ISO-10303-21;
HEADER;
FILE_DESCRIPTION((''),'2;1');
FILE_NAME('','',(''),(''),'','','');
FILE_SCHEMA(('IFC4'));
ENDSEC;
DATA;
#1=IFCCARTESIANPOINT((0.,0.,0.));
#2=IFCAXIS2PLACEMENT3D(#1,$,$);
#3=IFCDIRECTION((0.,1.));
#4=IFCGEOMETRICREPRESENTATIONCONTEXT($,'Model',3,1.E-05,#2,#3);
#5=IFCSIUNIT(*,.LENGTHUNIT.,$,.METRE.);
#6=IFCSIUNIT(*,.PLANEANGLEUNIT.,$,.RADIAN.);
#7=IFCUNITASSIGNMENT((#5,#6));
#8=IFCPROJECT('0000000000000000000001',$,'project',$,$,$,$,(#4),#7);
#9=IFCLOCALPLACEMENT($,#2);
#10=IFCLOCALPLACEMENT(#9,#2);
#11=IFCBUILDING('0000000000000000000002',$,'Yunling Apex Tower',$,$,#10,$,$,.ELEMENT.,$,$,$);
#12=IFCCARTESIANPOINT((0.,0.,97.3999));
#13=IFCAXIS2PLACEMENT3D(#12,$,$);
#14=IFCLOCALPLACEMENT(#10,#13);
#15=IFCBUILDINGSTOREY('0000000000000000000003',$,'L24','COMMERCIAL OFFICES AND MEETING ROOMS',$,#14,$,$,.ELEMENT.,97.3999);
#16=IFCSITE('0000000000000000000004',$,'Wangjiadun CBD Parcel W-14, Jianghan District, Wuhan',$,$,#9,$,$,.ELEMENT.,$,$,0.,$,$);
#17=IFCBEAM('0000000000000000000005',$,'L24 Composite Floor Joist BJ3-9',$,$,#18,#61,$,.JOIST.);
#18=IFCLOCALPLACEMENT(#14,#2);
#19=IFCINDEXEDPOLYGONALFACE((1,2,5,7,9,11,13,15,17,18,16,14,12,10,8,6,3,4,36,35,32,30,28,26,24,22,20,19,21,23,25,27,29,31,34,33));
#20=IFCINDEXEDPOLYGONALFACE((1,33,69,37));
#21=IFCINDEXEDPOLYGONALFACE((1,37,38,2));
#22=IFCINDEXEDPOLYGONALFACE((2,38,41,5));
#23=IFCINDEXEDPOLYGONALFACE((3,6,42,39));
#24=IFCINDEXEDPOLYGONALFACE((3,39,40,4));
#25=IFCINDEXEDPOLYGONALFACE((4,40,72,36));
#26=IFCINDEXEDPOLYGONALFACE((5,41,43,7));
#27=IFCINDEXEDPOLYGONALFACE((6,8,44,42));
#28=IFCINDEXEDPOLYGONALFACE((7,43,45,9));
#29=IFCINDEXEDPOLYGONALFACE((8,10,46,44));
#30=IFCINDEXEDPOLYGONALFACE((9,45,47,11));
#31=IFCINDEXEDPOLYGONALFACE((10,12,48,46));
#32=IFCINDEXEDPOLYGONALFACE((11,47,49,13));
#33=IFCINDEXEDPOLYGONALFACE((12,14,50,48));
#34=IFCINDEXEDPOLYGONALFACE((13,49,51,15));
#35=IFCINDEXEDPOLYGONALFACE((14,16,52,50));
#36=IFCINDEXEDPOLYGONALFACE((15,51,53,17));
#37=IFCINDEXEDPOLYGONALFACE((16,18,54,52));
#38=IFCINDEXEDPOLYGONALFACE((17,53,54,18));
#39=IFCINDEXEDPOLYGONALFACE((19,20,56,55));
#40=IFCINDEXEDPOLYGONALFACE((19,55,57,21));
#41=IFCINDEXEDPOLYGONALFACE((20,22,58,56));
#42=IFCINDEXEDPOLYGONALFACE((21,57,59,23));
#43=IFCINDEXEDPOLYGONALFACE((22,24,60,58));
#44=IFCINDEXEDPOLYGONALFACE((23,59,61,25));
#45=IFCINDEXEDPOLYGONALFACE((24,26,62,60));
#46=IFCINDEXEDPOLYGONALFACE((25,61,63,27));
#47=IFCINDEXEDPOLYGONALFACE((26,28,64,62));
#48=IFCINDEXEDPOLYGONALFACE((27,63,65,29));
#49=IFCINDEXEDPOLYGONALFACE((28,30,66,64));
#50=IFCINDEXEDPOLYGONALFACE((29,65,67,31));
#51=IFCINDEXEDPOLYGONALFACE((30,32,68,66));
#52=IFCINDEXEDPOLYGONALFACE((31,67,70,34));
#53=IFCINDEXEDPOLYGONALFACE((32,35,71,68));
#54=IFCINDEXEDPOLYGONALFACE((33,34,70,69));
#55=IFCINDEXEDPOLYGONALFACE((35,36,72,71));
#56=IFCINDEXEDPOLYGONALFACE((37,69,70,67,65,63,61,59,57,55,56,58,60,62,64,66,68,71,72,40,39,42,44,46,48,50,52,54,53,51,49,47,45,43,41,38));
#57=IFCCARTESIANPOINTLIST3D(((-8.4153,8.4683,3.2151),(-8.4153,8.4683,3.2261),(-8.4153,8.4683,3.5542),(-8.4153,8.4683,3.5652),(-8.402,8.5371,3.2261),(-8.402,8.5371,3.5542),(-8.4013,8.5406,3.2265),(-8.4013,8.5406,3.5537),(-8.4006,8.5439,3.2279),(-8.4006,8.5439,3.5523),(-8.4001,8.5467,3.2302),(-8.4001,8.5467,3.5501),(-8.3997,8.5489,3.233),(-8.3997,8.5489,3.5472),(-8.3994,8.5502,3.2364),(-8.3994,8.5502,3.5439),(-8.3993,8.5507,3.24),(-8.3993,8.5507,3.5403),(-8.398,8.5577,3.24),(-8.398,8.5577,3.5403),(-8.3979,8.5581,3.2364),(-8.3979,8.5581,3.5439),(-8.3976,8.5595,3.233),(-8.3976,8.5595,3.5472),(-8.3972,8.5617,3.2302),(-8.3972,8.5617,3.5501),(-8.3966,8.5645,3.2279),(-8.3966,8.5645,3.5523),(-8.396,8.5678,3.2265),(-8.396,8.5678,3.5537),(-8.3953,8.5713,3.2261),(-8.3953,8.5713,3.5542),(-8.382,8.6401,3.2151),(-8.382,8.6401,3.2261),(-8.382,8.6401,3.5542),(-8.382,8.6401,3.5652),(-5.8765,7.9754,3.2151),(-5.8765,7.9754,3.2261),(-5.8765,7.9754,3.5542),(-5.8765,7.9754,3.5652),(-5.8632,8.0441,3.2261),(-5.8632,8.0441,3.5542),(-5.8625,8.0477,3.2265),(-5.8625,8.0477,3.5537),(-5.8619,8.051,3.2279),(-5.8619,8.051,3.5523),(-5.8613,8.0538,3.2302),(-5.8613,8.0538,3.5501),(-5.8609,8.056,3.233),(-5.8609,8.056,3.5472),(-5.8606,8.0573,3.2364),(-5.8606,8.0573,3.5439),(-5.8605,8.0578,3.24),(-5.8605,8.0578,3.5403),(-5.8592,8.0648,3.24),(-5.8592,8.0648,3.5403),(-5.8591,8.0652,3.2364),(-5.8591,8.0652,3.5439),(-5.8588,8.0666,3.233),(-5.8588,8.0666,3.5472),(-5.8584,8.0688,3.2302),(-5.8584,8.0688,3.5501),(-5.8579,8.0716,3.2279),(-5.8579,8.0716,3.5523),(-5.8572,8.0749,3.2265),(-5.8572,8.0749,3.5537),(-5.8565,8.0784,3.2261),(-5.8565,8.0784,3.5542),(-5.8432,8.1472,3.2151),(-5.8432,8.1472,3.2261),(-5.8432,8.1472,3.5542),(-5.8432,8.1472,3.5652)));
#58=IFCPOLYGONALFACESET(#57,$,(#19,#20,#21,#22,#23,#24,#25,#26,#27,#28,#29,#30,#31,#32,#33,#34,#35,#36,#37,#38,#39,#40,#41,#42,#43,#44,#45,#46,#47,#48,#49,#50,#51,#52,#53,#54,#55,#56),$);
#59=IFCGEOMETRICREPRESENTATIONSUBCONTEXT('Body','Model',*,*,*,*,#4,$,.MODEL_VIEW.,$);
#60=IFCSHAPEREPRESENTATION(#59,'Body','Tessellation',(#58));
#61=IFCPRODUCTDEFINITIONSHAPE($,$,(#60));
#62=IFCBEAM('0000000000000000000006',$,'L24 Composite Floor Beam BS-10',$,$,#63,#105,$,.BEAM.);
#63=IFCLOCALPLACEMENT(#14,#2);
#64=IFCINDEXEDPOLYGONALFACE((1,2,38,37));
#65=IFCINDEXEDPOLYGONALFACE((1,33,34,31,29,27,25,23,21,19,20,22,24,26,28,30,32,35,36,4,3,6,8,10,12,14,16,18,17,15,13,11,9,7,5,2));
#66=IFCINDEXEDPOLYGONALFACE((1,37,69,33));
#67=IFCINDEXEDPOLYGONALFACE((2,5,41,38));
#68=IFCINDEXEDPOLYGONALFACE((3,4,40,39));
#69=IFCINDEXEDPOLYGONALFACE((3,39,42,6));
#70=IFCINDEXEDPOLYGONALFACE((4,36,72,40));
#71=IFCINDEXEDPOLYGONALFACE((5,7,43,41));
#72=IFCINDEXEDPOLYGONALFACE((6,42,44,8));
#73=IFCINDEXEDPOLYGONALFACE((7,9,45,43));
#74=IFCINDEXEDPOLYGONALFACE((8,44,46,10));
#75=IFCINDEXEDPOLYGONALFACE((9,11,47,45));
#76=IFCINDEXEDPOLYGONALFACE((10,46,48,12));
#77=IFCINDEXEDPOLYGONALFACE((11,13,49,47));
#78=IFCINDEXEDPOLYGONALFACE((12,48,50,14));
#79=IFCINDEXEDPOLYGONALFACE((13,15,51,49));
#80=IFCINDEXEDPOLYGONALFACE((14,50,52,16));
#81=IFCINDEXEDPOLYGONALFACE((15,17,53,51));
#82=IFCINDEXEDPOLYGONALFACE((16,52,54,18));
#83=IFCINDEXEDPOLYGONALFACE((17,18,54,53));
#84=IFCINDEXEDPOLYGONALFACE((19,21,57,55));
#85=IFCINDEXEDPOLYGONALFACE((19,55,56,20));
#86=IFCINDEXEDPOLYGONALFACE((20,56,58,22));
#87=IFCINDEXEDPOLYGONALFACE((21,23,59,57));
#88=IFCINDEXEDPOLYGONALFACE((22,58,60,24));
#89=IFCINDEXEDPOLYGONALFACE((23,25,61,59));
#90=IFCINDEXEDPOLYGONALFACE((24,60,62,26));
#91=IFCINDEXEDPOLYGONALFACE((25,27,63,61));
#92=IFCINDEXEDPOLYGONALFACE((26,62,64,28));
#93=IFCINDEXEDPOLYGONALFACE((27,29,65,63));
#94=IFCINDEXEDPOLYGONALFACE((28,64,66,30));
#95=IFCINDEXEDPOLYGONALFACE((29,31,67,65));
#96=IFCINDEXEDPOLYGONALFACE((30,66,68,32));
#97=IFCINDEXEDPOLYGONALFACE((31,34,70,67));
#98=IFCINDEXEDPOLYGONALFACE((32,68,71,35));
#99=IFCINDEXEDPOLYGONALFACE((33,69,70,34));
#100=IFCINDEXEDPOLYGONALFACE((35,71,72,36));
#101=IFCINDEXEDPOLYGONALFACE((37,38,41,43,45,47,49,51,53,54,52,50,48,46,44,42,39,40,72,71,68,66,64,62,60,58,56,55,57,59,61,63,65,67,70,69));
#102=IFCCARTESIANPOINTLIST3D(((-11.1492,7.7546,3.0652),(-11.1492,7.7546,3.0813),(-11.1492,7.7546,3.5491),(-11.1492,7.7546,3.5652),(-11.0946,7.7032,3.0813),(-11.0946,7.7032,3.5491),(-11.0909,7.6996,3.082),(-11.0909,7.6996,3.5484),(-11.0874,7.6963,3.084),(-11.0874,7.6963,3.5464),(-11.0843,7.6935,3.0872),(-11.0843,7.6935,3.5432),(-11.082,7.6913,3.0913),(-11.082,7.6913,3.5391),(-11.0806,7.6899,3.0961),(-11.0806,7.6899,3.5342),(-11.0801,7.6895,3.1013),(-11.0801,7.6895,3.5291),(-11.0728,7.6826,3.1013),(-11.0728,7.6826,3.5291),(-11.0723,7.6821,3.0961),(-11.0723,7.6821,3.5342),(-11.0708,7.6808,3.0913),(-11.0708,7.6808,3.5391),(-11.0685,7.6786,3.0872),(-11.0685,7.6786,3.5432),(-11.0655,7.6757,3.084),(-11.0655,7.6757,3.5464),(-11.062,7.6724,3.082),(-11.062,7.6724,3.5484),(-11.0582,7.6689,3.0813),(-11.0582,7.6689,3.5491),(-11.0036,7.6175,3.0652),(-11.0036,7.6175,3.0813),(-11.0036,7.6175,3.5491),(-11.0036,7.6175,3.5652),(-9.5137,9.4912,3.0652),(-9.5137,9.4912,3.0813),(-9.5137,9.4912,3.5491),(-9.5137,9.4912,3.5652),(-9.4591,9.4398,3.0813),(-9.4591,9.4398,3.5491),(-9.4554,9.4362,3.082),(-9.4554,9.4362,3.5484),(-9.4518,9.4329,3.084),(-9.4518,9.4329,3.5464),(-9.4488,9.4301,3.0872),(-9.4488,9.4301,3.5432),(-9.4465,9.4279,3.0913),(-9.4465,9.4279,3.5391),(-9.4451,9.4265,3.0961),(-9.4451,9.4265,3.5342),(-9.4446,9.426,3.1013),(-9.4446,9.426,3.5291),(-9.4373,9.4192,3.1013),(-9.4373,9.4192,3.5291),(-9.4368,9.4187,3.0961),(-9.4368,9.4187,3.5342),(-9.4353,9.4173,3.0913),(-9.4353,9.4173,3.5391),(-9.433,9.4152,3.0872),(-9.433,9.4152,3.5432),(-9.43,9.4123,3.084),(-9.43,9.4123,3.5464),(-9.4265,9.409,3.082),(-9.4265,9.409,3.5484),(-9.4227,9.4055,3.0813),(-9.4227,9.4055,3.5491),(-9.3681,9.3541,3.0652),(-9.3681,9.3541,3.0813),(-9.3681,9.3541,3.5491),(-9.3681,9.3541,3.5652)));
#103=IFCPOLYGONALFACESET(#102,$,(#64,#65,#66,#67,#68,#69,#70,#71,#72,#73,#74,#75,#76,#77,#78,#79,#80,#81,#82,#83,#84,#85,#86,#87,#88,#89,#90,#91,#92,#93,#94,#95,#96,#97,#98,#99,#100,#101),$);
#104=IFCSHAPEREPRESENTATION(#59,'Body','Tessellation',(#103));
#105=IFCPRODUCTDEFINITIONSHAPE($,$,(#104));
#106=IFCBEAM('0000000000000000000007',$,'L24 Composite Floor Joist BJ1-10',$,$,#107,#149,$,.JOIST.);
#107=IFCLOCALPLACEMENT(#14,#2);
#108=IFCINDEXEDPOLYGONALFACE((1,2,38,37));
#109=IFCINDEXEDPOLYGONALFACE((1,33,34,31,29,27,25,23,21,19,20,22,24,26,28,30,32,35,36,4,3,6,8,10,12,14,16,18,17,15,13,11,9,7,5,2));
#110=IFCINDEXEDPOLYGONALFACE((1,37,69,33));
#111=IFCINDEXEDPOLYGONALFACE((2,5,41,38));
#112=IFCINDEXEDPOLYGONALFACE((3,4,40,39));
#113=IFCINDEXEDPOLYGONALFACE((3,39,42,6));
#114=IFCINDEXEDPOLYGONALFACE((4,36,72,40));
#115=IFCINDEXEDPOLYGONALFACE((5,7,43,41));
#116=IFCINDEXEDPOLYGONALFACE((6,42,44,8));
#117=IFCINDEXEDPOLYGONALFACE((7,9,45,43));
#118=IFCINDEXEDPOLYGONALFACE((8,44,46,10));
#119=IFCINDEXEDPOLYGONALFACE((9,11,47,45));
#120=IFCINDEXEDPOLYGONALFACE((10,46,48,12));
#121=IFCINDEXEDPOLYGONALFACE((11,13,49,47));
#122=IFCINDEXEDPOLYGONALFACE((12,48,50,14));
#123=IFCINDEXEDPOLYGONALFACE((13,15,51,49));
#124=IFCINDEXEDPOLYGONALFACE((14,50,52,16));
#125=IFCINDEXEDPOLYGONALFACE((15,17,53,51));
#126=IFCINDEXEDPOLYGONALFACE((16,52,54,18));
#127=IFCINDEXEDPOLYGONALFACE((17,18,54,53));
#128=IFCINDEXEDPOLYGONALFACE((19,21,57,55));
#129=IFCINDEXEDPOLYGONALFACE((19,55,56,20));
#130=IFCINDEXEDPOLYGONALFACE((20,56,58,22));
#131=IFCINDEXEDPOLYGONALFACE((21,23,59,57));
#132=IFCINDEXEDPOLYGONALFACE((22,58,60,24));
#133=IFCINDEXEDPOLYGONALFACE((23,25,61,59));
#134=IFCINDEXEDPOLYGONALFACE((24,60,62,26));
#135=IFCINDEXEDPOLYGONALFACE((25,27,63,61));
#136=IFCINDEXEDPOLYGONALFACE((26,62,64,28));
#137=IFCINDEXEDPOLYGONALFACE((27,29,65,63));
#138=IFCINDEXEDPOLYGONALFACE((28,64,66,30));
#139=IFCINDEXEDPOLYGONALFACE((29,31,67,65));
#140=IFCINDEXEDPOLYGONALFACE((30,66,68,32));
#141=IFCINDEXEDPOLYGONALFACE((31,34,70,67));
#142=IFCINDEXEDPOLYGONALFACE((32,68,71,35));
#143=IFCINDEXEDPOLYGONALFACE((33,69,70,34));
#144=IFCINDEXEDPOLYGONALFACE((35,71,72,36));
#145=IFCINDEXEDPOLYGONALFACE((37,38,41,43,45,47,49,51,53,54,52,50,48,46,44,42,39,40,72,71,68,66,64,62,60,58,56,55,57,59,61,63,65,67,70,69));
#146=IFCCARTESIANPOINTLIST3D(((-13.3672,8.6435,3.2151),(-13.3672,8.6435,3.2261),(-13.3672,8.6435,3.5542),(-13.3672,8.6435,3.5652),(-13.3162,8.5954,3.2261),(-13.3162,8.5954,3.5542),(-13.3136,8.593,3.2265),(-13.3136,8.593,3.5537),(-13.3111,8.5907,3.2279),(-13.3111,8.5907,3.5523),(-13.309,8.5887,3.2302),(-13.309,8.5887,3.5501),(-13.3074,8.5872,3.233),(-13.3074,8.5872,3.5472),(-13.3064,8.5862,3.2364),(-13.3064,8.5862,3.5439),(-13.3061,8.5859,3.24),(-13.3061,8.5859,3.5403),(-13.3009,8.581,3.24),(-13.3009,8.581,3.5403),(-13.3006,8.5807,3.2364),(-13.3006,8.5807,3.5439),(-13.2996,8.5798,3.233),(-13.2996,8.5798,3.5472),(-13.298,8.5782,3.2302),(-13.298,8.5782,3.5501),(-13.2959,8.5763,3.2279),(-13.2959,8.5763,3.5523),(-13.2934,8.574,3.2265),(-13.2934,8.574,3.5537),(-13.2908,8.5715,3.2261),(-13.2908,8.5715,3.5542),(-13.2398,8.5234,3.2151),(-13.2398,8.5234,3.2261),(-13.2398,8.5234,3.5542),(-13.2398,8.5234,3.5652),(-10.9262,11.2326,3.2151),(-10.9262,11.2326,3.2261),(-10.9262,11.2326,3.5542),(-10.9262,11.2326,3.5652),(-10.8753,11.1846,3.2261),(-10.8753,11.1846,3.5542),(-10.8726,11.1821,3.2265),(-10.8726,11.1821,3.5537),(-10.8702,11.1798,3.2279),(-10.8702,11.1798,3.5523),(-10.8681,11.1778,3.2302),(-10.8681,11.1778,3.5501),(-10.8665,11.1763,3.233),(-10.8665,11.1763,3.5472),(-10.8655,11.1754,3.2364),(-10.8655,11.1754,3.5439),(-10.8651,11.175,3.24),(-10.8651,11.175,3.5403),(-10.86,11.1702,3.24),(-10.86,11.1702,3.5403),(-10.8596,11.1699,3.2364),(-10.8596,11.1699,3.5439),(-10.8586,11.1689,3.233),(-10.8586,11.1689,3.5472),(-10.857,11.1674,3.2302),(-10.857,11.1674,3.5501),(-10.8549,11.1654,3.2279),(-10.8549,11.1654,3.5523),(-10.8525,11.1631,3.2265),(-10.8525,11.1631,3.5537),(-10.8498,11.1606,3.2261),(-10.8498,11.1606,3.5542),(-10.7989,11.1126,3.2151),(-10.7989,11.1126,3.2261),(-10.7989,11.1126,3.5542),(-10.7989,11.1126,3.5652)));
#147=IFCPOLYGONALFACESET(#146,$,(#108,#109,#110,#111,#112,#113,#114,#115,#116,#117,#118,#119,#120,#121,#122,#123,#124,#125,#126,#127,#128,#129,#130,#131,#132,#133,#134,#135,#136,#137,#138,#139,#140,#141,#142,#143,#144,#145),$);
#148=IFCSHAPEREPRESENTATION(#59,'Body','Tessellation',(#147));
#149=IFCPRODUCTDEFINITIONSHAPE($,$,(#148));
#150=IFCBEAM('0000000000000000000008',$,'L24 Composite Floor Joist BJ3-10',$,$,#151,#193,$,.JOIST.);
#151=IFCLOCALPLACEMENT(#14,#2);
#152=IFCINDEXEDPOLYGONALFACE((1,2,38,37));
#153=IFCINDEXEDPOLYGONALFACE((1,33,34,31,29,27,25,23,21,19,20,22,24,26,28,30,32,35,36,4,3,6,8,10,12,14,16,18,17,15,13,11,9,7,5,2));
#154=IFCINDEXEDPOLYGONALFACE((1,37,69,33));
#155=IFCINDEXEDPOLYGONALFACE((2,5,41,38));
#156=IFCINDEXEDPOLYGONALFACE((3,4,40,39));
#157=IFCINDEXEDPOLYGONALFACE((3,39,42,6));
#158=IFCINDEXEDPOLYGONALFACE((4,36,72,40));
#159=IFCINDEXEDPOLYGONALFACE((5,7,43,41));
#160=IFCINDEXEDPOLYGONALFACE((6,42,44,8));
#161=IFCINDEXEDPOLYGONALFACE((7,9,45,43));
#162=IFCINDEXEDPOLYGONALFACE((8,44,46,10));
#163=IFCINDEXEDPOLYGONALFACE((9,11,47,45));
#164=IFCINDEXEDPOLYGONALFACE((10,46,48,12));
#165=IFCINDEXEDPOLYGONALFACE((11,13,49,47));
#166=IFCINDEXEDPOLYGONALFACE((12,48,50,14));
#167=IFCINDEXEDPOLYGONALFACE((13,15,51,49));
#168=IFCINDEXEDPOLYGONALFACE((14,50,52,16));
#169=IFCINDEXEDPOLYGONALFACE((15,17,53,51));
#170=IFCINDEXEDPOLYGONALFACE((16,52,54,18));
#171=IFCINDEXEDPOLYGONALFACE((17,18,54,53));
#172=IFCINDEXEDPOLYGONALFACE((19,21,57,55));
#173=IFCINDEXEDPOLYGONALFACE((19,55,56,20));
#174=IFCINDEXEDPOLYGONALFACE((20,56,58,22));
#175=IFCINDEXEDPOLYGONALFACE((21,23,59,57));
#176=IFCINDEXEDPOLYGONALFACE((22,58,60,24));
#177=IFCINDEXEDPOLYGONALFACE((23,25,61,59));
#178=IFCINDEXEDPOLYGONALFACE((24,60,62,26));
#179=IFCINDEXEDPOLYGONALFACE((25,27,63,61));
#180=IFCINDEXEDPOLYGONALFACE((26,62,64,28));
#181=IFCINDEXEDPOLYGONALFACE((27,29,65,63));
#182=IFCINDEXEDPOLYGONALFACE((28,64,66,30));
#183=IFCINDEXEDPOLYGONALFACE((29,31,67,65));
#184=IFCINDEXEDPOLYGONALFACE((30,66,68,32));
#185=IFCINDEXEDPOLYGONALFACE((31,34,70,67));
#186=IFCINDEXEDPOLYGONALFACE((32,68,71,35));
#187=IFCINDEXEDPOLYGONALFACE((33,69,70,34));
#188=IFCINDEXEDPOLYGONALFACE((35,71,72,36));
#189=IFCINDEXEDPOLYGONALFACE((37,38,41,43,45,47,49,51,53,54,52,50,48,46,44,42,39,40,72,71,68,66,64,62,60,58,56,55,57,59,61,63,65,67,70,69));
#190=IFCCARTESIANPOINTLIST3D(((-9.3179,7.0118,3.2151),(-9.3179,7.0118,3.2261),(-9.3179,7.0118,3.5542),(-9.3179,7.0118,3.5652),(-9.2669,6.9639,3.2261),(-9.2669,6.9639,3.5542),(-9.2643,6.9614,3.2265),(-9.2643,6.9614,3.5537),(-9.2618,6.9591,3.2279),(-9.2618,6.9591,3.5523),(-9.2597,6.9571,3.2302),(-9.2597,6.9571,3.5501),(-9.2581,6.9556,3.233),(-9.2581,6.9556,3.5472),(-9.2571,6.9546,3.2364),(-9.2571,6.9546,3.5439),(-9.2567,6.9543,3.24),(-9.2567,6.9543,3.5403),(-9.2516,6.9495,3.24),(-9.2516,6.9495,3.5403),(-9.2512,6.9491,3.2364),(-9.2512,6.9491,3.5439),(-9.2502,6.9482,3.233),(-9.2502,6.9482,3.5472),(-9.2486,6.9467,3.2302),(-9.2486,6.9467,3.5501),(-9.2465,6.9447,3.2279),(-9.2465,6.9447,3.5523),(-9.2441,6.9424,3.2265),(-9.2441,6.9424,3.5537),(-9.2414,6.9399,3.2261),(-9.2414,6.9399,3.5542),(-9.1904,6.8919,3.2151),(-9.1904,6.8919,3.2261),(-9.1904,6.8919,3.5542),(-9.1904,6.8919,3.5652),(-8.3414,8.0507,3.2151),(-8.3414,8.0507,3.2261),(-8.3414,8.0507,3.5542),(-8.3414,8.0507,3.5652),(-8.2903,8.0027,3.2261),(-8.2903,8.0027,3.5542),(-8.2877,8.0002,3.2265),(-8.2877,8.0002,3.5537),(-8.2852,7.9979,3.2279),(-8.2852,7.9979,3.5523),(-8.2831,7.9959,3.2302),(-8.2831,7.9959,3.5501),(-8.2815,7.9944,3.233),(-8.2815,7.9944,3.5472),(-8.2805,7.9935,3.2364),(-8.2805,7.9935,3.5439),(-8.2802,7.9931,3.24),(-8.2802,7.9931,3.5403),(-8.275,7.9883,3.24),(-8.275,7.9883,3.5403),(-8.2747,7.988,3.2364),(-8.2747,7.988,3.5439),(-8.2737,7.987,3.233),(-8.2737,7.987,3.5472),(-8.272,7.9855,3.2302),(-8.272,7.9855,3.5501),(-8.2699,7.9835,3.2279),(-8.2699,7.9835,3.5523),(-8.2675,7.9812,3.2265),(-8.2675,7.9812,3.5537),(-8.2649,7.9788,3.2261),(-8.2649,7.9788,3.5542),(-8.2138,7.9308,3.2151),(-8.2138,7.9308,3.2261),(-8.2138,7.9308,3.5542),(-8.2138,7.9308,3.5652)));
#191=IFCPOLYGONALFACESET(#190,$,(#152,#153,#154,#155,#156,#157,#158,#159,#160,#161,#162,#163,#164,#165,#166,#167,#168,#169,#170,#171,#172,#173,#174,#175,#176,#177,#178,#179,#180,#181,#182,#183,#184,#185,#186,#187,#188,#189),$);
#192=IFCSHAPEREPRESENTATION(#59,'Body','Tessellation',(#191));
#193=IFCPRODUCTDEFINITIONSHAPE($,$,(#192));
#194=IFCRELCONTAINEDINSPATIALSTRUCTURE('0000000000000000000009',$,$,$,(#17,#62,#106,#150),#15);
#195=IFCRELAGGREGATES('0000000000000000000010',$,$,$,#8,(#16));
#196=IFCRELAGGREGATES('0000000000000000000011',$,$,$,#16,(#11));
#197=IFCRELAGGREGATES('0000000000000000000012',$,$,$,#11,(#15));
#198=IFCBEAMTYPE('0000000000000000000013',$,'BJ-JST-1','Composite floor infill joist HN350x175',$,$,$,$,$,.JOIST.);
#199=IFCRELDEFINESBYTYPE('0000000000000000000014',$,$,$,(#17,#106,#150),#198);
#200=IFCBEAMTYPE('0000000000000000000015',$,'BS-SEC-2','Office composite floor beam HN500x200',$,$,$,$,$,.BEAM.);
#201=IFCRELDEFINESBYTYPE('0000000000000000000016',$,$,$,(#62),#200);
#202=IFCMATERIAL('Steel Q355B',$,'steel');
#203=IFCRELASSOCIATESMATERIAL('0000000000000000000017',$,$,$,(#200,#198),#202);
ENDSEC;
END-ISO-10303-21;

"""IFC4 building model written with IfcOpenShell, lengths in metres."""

from ifc_helpers import new_model, si_unit, direction, frame, origin, origin_2d, place, context, subcontext, project, spatial, i_section, extrude, source, transform, mapped, material, material_profile, profile_set, type_object, element, save


model = new_model("IFC4")

# Units and contexts
model_context = context("Model", 3, precision=1e-05, world=origin(), true_north=direction((0.0, 1.0)))
body_context = subcontext(model_context, "Body", "Model", "MODEL_VIEW")
ifc_project = project(units=[si_unit("LENGTHUNIT", "METRE"), si_unit("PLANEANGLEUNIT", "RADIAN")], contexts=[model_context])

# Site, building, storey
site_placement = place(None, origin())
site = spatial("IfcSite", under=ifc_project, at=site_placement, Name="Wangjiadun CBD Parcel W-14, Jianghan District, Wuhan", CompositionType="ELEMENT", RefElevation=0.0)
building_placement = place(site_placement, origin())
building = spatial("IfcBuilding", under=site, at=building_placement, Name="Yunling Apex Tower", CompositionType="ELEMENT")
storey_placement = place(building_placement, frame((0.0, 0.0, 97.3999)))
storey = spatial("IfcBuildingStorey", under=building, at=storey_placement, Name="L24", Description="COMMERCIAL OFFICES AND MEETING ROOMS", CompositionType="ELEMENT", Elevation=97.3999)

# Beams
ifc_material_1 = material(Name="Steel Q355B", Category="steel")
ifc_material_profile_1 = material_profile(ifc_material_1, i_section(OverallWidth=0.2, OverallDepth=0.5, WebThickness=0.01, FlangeThickness=0.0161, FilletRadius=0.02, at=origin_2d()))
ifc_profile_set_1 = profile_set([ifc_material_profile_1], Name="Steel Q355B")
beam_type_1 = type_object("IfcBeamType", Name="BS-SEC-2", Description="Office composite floor beam HN500x200", PredefinedType="BEAM", material=ifc_profile_set_1)
ifc_material_profile_2 = material_profile(ifc_material_1, i_section(OverallWidth=0.175, OverallDepth=0.3501, WebThickness=0.0071, FlangeThickness=0.011, FilletRadius=0.0139, at=origin_2d()))
ifc_profile_set_2 = profile_set([ifc_material_profile_2], Name="Steel Q355B")
beam_type_2 = type_object("IfcBeamType", Name="BJ-JST-1", Description="Composite floor infill joist HN350x175", PredefinedType="JOIST", material=ifc_profile_set_2)
shared_shape_1 = source(origin(), body_context, "Body", "SweptSolid", [
    extrude(i_section(OverallWidth=0.175, OverallDepth=0.3501, WebThickness=0.0071, FlangeThickness=0.011, FilletRadius=0.0139, at=origin_2d()), origin(), (0.0, 0.0, 1.0), 2.5862),
])
beam_1_placement = place(storey_placement, frame((-5.8599, 8.0613, 3.3901), z_axis=(-0.981669, 0.190594, 0.0), x_axis=(-0.190594, -0.981669, 0.0)))
element("IfcBeam", 1, at=beam_1_placement, inside=storey, type_object=beam_type_2, Name="L24 Composite Floor Joist BJ3-9", PredefinedType="JOIST", context=body_context, shape_type="MappedRepresentation", body=[
    mapped(shared_shape_1, transform((0.0, 0.0, 0.0), scale=1.0)),
])
shared_shape_2 = source(origin(), body_context, "Body", "SweptSolid", [
    extrude(i_section(OverallWidth=0.2, OverallDepth=0.5, WebThickness=0.01, FlangeThickness=0.0161, FilletRadius=0.02, at=origin_2d()), origin(), (0.0, 0.0, 1.0), 2.3855),
])
beam_2_placement = place(storey_placement, frame((-9.4409, 9.4226, 3.3152), z_axis=(-0.685604, -0.727975, 0.0), x_axis=(0.727975, -0.685604, 0.0)))
element("IfcBeam", 2, at=beam_2_placement, inside=storey, type_object=beam_type_1, Name="L24 Composite Floor Beam BS-10", PredefinedType="BEAM", context=body_context, shape_type="MappedRepresentation", body=[
    mapped(shared_shape_2, transform((0.0, 0.0, 0.0), scale=1.0)),
])
shared_shape_3 = source(origin(), body_context, "Body", "SweptSolid", [
    extrude(i_section(OverallWidth=0.175, OverallDepth=0.3501, WebThickness=0.0071, FlangeThickness=0.011, FilletRadius=0.0139, at=origin_2d()), origin(), (0.0, 0.0, 1.0), 3.5583),
])
beam_3_placement = place(storey_placement, frame((-10.8625, 11.1726, 3.3901), z_axis=(-0.685977, -0.727624, 0.0), x_axis=(0.727624, -0.685977, 0.0)))
element("IfcBeam", 3, at=beam_3_placement, inside=storey, type_object=beam_type_2, Name="L24 Composite Floor Joist BJ1-10", PredefinedType="JOIST", context=body_context, shape_type="MappedRepresentation", body=[
    mapped(shared_shape_3, transform((0.0, 0.0, 0.0), scale=1.0)),
])
shared_shape_4 = source(origin(), body_context, "Body", "SweptSolid", [
    extrude(i_section(OverallWidth=0.175, OverallDepth=0.3501, WebThickness=0.0071, FlangeThickness=0.011, FilletRadius=0.0139, at=origin_2d()), origin(), (0.0, 0.0, 1.0), 1.4258),
])
beam_4_placement = place(storey_placement, frame((-8.2776, 7.9907, 3.3901), z_axis=(-0.684937, -0.728602, 0.0), x_axis=(0.728602, -0.684937, 0.0)))
element("IfcBeam", 4, at=beam_4_placement, inside=storey, type_object=beam_type_2, Name="L24 Composite Floor Joist BJ3-10", PredefinedType="JOIST", context=body_context, shape_type="MappedRepresentation", body=[
    mapped(shared_shape_4, transform((0.0, 0.0, 0.0), scale=1.0)),
])

save(model, "model.ifc")
